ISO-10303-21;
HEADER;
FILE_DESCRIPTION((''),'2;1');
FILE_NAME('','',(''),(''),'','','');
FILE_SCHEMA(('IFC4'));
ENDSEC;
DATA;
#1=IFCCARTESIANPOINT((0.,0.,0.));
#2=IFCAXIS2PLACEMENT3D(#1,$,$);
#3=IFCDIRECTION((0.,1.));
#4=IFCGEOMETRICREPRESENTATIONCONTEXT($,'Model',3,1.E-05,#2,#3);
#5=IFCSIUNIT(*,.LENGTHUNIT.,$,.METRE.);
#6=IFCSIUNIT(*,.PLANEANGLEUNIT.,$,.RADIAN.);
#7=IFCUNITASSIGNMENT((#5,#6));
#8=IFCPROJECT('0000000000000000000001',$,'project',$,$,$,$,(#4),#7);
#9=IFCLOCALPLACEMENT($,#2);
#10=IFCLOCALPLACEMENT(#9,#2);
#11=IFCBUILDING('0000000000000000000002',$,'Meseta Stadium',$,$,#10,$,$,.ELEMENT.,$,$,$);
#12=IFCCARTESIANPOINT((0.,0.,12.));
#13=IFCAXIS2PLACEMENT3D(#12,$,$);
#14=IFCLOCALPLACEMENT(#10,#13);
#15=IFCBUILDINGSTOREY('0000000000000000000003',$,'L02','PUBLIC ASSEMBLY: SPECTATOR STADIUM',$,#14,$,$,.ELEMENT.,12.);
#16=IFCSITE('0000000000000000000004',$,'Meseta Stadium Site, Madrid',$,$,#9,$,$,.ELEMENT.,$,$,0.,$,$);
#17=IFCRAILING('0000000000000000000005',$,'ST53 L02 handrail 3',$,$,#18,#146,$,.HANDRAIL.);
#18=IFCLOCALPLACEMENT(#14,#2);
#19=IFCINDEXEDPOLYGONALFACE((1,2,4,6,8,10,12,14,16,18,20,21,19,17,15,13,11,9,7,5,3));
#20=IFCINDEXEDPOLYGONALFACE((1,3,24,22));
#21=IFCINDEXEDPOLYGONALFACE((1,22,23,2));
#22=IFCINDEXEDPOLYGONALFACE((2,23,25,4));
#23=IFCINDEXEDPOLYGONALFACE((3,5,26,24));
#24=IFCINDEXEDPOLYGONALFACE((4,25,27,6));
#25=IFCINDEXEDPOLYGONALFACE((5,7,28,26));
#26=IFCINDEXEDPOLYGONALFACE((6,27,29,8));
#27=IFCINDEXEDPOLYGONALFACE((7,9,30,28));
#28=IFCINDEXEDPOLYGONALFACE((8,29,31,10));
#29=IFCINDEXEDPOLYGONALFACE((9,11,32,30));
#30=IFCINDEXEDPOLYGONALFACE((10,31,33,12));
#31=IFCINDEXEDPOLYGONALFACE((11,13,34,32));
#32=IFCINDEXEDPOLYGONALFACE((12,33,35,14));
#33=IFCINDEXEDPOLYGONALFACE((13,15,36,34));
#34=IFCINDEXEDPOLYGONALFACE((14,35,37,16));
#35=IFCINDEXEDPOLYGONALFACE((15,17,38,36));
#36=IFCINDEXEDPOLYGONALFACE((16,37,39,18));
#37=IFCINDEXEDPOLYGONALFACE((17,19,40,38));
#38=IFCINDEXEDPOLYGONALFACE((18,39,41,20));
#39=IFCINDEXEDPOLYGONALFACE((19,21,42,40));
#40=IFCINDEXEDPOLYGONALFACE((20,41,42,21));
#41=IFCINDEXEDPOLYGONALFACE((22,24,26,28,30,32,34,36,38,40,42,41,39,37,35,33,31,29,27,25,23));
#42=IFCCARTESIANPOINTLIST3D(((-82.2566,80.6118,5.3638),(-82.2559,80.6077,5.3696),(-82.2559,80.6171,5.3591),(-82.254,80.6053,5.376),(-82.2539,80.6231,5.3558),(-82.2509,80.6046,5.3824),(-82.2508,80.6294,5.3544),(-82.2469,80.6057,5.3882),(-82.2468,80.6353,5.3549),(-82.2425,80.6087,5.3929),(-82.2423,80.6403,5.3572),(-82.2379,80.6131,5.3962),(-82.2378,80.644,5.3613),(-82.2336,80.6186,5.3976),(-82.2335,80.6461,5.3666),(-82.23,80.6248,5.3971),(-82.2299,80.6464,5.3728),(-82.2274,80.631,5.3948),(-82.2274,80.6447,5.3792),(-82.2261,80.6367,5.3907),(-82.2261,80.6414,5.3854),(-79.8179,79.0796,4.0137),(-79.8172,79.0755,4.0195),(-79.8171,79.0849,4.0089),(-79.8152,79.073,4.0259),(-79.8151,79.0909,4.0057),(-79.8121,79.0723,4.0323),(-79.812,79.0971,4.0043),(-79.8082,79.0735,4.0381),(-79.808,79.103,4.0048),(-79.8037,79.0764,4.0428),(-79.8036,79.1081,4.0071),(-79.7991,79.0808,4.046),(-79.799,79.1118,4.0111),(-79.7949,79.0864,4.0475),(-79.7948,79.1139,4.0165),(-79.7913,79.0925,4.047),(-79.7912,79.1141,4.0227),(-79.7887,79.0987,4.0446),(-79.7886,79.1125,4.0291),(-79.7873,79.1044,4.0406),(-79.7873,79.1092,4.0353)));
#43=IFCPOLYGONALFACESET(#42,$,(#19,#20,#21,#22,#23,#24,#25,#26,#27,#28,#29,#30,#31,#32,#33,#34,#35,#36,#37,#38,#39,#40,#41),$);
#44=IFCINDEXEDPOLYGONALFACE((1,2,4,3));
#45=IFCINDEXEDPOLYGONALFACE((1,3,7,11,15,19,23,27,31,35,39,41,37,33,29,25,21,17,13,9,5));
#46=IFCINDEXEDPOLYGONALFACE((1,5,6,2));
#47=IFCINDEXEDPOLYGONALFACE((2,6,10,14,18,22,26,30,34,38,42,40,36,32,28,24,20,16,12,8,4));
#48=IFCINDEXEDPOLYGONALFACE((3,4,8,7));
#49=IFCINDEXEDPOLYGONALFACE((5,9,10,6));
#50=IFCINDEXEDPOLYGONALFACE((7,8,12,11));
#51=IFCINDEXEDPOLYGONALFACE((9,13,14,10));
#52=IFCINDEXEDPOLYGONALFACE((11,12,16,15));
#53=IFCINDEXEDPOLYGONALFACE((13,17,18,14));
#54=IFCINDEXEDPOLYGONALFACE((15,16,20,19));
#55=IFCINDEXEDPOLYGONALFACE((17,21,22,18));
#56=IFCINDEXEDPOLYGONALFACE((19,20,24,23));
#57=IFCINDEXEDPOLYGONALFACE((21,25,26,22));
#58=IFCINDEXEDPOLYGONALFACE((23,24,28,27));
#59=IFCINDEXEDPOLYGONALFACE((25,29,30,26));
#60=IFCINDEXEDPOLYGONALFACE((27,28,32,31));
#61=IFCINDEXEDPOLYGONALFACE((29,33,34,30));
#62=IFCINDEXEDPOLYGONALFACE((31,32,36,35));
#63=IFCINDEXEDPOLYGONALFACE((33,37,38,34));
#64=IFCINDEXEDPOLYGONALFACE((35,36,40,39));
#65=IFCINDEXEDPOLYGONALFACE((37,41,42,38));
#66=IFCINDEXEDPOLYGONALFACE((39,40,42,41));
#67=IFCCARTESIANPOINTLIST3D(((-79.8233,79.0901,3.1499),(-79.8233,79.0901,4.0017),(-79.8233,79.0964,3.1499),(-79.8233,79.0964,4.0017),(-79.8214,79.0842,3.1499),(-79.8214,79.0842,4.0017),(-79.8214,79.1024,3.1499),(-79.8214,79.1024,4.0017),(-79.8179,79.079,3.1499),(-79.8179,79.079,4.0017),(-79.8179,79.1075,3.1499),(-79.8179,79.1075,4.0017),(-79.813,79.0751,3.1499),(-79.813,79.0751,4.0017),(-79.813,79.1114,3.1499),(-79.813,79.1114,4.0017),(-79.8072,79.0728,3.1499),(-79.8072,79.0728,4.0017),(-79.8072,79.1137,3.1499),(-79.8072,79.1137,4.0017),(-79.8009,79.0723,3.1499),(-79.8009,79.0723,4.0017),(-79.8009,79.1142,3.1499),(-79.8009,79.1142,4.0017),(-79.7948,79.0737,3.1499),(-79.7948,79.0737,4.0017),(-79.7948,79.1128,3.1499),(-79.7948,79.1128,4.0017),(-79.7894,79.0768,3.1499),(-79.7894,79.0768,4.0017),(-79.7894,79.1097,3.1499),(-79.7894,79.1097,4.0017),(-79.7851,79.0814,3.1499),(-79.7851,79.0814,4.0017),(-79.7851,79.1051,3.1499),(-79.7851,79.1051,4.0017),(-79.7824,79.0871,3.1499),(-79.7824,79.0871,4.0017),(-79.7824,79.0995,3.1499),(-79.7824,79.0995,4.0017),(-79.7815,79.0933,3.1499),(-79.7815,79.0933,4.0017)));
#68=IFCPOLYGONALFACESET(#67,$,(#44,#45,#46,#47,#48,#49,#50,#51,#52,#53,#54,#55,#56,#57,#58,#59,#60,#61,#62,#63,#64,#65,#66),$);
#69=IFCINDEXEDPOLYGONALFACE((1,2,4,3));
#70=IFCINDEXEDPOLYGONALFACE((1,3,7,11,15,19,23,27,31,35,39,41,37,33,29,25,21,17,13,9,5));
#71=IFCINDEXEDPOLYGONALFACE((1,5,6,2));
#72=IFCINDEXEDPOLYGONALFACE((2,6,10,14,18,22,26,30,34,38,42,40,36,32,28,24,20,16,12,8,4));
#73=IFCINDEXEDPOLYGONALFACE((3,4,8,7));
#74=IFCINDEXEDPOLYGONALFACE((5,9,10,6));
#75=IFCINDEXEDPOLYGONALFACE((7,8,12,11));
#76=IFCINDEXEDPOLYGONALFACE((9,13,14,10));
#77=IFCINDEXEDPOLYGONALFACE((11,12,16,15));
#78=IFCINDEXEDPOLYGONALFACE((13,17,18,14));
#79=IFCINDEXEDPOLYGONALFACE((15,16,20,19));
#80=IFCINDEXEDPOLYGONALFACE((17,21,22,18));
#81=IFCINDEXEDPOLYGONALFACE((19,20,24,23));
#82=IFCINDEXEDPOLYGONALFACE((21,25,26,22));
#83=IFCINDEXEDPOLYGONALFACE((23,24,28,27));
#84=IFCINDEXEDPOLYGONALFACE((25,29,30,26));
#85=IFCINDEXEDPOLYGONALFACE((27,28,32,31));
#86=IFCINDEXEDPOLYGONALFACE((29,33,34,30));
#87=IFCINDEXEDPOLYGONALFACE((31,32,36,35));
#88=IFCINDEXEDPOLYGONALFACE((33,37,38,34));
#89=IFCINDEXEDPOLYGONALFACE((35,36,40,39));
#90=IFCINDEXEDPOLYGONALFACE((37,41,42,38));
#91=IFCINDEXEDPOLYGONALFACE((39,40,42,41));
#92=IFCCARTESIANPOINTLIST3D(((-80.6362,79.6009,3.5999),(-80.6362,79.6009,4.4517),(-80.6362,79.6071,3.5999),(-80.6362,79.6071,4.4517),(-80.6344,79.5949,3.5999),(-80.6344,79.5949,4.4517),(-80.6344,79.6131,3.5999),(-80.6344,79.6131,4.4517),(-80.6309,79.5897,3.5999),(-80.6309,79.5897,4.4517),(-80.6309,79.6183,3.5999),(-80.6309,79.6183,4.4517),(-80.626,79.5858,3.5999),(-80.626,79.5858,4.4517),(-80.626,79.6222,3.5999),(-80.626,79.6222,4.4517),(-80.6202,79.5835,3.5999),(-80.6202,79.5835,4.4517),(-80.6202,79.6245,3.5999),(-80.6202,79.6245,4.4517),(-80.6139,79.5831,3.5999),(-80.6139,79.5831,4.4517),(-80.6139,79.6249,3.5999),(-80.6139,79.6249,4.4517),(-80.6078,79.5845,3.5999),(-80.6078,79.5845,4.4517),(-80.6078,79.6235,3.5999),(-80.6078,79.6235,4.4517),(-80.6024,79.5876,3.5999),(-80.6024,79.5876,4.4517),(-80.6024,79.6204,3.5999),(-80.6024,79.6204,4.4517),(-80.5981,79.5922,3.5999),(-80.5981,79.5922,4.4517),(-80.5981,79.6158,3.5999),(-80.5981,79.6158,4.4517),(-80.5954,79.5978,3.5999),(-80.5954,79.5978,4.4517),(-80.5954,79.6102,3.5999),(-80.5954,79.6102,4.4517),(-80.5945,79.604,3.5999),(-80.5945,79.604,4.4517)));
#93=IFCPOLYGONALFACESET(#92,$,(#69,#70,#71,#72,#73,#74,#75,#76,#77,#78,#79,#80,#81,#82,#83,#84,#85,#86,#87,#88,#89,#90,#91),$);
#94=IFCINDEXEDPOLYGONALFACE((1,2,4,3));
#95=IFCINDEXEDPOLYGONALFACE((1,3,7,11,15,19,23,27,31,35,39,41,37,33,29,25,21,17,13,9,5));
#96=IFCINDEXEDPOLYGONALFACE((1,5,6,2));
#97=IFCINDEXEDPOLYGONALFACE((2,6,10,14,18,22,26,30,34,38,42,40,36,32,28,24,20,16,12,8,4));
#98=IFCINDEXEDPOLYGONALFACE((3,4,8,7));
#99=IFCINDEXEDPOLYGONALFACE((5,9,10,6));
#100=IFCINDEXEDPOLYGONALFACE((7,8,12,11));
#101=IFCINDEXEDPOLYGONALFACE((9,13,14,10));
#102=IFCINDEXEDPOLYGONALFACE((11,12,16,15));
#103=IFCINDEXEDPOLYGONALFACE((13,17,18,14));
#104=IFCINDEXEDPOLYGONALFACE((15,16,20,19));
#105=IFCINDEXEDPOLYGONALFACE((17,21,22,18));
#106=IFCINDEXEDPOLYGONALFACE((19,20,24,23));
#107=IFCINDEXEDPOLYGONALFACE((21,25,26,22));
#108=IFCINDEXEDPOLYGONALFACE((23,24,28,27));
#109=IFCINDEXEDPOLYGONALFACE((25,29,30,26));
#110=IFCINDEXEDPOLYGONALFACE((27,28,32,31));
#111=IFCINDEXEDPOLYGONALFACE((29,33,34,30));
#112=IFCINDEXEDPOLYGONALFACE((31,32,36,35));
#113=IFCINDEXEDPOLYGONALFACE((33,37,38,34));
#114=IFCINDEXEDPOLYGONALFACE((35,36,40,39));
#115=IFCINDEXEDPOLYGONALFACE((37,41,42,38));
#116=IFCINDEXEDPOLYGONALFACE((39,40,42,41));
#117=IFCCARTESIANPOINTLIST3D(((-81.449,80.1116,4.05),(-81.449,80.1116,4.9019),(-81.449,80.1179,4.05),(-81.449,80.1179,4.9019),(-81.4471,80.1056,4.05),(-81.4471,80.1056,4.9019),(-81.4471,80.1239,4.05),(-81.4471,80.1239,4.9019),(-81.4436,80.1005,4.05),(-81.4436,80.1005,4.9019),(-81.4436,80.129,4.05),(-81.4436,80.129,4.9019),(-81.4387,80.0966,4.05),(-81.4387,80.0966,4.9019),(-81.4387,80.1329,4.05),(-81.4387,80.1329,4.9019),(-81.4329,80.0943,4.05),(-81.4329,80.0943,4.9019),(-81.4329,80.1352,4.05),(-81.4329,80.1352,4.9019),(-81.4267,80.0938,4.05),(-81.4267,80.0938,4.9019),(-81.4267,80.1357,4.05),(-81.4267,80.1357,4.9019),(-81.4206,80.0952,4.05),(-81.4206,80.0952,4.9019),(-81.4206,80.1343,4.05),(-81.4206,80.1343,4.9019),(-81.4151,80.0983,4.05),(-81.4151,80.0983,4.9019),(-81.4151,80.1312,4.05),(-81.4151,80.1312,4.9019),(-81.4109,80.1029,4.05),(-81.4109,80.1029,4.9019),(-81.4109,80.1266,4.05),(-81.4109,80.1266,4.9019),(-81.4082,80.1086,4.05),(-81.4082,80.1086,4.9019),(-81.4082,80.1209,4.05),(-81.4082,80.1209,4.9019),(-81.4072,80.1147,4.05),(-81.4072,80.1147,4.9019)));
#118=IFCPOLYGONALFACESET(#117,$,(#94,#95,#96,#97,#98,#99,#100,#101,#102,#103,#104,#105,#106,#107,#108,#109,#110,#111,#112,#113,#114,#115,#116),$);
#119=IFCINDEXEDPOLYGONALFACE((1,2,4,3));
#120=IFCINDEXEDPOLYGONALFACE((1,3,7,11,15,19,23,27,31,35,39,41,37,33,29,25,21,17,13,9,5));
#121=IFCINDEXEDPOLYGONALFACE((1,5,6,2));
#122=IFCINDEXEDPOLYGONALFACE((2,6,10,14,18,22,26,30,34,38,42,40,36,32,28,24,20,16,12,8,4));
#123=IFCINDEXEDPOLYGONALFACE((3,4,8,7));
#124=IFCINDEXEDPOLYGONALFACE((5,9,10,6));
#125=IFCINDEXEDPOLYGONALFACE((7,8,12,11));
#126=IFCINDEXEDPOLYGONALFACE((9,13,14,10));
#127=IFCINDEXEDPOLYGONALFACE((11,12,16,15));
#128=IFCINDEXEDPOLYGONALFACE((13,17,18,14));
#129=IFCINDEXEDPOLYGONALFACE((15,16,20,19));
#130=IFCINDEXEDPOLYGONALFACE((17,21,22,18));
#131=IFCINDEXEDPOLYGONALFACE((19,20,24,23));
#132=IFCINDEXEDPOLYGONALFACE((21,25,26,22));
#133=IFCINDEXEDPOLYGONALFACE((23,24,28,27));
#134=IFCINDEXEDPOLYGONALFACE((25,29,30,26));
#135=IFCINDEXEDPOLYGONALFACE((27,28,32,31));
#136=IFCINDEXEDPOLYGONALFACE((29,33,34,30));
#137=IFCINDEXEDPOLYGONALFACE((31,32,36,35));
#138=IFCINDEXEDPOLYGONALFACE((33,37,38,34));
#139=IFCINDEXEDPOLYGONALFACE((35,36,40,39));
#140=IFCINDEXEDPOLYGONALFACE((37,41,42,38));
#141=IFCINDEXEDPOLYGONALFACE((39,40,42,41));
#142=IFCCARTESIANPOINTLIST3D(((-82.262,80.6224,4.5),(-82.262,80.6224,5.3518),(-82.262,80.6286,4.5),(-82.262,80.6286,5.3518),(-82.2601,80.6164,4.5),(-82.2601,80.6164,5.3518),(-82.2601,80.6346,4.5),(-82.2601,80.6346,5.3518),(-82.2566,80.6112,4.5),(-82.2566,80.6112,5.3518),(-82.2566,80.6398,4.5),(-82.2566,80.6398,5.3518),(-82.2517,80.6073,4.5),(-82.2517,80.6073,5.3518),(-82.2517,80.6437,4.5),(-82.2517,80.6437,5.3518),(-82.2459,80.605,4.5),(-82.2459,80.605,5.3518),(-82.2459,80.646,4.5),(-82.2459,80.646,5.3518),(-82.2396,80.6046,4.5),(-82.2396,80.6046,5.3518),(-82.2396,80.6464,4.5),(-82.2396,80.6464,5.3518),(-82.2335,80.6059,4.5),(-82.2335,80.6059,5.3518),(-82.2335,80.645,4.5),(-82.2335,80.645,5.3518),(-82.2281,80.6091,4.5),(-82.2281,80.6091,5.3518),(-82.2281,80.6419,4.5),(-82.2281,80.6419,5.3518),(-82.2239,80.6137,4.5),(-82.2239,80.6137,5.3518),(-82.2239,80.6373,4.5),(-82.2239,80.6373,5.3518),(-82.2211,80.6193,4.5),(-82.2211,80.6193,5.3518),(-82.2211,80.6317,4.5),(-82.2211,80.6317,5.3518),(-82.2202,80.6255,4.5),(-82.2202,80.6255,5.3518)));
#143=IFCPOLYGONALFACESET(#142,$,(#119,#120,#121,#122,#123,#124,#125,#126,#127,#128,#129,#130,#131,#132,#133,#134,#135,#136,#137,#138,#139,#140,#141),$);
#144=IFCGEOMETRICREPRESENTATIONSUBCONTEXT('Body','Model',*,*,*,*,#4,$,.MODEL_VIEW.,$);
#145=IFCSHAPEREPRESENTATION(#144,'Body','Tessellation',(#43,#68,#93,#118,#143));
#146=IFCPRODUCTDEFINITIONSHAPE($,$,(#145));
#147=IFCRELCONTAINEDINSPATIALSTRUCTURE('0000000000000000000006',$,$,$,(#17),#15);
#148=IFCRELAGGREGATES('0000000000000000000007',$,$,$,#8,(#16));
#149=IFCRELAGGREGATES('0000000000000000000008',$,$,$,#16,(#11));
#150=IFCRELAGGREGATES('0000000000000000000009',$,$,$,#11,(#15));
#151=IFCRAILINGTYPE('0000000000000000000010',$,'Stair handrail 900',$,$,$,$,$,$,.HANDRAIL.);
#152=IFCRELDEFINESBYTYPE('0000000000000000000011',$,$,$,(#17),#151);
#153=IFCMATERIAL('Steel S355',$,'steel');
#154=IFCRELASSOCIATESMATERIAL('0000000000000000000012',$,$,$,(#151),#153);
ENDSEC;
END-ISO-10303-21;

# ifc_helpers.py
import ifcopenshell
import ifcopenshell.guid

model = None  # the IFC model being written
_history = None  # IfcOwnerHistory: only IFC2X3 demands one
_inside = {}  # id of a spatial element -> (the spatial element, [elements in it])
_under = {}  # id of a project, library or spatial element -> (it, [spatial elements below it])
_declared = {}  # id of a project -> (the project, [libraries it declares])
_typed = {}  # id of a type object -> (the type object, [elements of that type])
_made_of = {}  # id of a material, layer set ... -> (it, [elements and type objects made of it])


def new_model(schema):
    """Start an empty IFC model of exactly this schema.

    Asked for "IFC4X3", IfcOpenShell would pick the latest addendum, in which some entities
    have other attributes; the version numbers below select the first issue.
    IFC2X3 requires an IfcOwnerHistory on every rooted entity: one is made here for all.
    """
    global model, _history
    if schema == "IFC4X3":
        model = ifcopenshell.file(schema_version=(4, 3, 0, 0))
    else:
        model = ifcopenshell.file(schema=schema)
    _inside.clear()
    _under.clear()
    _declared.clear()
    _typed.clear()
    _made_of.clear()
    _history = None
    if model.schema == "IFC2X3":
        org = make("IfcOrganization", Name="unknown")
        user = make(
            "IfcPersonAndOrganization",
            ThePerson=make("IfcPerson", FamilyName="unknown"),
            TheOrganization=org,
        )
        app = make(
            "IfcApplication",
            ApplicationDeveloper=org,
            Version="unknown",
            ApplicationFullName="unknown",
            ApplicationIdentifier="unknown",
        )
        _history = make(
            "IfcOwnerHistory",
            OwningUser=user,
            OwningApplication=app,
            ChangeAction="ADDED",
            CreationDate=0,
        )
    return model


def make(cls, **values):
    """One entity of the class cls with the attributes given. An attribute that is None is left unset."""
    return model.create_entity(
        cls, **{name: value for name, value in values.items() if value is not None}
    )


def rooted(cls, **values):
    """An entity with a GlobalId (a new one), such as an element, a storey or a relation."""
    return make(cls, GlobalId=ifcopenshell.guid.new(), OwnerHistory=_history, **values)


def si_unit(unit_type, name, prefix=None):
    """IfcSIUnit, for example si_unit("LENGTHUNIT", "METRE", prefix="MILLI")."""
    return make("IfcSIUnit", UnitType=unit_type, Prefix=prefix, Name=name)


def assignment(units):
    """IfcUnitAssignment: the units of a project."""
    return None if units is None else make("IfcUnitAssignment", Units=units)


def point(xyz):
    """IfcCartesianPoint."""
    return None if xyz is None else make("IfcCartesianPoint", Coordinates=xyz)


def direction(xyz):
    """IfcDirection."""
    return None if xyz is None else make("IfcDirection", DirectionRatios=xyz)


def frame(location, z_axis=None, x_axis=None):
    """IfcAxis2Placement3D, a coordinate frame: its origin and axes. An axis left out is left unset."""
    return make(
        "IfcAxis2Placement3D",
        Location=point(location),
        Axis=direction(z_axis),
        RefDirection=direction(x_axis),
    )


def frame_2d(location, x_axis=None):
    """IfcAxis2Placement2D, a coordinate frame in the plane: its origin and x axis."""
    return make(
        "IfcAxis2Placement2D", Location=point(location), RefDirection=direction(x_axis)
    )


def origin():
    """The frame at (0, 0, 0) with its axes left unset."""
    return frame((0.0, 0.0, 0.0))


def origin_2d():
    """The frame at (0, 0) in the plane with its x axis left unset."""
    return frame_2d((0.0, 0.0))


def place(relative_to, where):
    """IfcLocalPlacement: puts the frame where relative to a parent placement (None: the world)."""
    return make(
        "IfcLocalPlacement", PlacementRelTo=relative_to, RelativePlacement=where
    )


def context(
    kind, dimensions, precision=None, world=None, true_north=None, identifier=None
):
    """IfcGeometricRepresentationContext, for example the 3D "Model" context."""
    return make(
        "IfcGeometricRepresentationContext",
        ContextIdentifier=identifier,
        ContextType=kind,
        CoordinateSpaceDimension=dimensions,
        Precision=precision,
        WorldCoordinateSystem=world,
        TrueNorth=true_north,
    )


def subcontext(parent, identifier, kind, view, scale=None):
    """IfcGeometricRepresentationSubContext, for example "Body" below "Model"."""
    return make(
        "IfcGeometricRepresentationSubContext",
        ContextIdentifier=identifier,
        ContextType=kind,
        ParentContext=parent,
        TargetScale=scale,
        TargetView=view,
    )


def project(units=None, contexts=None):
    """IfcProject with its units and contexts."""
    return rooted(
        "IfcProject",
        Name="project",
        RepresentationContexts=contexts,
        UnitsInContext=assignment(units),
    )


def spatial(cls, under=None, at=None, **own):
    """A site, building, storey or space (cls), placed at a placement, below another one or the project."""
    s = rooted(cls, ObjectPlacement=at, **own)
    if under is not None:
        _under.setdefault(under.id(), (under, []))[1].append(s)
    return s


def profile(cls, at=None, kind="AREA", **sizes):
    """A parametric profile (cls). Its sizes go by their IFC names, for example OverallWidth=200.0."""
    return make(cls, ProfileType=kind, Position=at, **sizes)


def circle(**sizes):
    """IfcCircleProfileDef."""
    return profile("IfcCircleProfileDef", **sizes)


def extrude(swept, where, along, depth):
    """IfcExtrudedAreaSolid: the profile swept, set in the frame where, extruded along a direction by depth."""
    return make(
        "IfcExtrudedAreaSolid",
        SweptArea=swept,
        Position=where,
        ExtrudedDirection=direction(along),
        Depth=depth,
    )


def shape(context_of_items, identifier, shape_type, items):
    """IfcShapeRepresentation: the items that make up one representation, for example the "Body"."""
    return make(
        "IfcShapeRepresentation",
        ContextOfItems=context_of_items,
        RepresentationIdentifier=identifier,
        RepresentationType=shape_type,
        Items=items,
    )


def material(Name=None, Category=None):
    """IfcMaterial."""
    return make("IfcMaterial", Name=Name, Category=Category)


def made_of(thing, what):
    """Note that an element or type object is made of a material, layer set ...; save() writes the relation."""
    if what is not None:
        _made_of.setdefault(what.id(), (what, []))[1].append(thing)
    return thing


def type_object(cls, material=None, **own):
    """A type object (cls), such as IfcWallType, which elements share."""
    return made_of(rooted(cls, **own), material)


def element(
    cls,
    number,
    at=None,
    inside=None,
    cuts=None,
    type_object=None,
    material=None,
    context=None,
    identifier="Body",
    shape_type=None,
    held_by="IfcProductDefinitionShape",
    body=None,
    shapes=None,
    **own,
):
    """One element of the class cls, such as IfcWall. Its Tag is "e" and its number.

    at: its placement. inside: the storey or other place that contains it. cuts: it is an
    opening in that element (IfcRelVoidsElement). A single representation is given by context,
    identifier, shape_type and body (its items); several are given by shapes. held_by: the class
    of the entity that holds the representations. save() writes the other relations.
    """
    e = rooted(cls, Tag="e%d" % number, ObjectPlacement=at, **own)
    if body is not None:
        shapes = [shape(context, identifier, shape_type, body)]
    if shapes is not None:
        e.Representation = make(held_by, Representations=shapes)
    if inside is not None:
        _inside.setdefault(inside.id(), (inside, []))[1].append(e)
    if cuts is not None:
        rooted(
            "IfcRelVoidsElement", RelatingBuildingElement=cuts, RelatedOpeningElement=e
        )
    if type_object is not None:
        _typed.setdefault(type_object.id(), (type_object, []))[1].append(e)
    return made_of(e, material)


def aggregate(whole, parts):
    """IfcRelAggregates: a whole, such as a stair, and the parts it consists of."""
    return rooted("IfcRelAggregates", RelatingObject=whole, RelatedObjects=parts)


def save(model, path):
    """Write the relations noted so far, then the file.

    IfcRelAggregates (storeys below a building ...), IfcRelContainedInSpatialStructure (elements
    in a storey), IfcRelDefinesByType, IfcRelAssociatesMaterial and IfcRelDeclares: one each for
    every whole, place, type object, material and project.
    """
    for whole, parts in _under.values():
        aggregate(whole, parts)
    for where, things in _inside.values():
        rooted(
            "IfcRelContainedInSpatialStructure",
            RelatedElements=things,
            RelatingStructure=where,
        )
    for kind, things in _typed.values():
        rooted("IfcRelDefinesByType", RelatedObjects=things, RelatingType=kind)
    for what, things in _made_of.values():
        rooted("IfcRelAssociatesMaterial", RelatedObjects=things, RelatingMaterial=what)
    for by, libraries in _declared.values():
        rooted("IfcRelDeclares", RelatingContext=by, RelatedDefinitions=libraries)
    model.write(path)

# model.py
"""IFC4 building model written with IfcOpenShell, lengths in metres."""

from ifc_helpers import new_model, si_unit, direction, frame, origin, origin_2d, place, context, subcontext, project, spatial, circle, extrude, material, type_object, element, save


model = new_model("IFC4")

# Units and contexts
model_context = context("Model", 3, precision=1e-05, world=origin(), true_north=direction((0.0, 1.0)))
body_context = subcontext(model_context, "Body", "Model", "MODEL_VIEW")
ifc_project = project(units=[si_unit("LENGTHUNIT", "METRE"), si_unit("PLANEANGLEUNIT", "RADIAN")], contexts=[model_context])

# Site, building, storey
site_placement = place(None, origin())
site = spatial("IfcSite", under=ifc_project, at=site_placement, Name="Meseta Stadium Site, Madrid", CompositionType="ELEMENT", RefElevation=0.0)
building_placement = place(site_placement, origin())
building = spatial("IfcBuilding", under=site, at=building_placement, Name="Meseta Stadium", CompositionType="ELEMENT")
storey_placement = place(building_placement, frame((0.0, 0.0, 12.0)))
storey = spatial("IfcBuildingStorey", under=building, at=storey_placement, Name="L02", Description="PUBLIC ASSEMBLY: SPECTATOR STADIUM", CompositionType="ELEMENT", Elevation=12.0)

# Railing
ifc_material_1 = material(Name="Steel S355", Category="steel")
railing_type_1 = type_object("IfcRailingType", Name="Stair handrail 900", PredefinedType="HANDRAIL", material=ifc_material_1)
for number, where, name in (
    (1, (-79.8025, 79.0933, 3.1499), "ST53 L02 handrail 3"),
):
    element("IfcRailing", number, at=place(storey_placement, frame(where)), inside=storey, type_object=railing_type_1, Name=name, PredefinedType="HANDRAIL", context=body_context, shape_type="SweptSolid", body=[
        extrude(circle(Radius=0.0239, at=origin_2d()), frame((0.0, 0.0, 0.876), z_axis=(-0.766687, 0.481703, 0.424445), x_axis=(-0.532001, -0.846743, 0.0)), (0.0, 0.0, 1.0), 3.1809),
        extrude(circle(Radius=0.021, at=origin_2d()), origin(), (0.0, 0.0, 1.0), 0.8518),
        extrude(circle(Radius=0.021, at=origin_2d()), frame((-0.813, 0.5107, 0.45)), (0.0, 0.0, 1.0), 0.8518),
        extrude(circle(Radius=0.021, at=origin_2d()), frame((-1.6257, 1.0215, 0.9001)), (0.0, 0.0, 1.0), 0.8518),
        extrude(circle(Radius=0.021, at=origin_2d()), frame((-2.4387, 1.5322, 1.3501)), (0.0, 0.0, 1.0), 0.8518),
    ])

save(model, "model.ifc")
